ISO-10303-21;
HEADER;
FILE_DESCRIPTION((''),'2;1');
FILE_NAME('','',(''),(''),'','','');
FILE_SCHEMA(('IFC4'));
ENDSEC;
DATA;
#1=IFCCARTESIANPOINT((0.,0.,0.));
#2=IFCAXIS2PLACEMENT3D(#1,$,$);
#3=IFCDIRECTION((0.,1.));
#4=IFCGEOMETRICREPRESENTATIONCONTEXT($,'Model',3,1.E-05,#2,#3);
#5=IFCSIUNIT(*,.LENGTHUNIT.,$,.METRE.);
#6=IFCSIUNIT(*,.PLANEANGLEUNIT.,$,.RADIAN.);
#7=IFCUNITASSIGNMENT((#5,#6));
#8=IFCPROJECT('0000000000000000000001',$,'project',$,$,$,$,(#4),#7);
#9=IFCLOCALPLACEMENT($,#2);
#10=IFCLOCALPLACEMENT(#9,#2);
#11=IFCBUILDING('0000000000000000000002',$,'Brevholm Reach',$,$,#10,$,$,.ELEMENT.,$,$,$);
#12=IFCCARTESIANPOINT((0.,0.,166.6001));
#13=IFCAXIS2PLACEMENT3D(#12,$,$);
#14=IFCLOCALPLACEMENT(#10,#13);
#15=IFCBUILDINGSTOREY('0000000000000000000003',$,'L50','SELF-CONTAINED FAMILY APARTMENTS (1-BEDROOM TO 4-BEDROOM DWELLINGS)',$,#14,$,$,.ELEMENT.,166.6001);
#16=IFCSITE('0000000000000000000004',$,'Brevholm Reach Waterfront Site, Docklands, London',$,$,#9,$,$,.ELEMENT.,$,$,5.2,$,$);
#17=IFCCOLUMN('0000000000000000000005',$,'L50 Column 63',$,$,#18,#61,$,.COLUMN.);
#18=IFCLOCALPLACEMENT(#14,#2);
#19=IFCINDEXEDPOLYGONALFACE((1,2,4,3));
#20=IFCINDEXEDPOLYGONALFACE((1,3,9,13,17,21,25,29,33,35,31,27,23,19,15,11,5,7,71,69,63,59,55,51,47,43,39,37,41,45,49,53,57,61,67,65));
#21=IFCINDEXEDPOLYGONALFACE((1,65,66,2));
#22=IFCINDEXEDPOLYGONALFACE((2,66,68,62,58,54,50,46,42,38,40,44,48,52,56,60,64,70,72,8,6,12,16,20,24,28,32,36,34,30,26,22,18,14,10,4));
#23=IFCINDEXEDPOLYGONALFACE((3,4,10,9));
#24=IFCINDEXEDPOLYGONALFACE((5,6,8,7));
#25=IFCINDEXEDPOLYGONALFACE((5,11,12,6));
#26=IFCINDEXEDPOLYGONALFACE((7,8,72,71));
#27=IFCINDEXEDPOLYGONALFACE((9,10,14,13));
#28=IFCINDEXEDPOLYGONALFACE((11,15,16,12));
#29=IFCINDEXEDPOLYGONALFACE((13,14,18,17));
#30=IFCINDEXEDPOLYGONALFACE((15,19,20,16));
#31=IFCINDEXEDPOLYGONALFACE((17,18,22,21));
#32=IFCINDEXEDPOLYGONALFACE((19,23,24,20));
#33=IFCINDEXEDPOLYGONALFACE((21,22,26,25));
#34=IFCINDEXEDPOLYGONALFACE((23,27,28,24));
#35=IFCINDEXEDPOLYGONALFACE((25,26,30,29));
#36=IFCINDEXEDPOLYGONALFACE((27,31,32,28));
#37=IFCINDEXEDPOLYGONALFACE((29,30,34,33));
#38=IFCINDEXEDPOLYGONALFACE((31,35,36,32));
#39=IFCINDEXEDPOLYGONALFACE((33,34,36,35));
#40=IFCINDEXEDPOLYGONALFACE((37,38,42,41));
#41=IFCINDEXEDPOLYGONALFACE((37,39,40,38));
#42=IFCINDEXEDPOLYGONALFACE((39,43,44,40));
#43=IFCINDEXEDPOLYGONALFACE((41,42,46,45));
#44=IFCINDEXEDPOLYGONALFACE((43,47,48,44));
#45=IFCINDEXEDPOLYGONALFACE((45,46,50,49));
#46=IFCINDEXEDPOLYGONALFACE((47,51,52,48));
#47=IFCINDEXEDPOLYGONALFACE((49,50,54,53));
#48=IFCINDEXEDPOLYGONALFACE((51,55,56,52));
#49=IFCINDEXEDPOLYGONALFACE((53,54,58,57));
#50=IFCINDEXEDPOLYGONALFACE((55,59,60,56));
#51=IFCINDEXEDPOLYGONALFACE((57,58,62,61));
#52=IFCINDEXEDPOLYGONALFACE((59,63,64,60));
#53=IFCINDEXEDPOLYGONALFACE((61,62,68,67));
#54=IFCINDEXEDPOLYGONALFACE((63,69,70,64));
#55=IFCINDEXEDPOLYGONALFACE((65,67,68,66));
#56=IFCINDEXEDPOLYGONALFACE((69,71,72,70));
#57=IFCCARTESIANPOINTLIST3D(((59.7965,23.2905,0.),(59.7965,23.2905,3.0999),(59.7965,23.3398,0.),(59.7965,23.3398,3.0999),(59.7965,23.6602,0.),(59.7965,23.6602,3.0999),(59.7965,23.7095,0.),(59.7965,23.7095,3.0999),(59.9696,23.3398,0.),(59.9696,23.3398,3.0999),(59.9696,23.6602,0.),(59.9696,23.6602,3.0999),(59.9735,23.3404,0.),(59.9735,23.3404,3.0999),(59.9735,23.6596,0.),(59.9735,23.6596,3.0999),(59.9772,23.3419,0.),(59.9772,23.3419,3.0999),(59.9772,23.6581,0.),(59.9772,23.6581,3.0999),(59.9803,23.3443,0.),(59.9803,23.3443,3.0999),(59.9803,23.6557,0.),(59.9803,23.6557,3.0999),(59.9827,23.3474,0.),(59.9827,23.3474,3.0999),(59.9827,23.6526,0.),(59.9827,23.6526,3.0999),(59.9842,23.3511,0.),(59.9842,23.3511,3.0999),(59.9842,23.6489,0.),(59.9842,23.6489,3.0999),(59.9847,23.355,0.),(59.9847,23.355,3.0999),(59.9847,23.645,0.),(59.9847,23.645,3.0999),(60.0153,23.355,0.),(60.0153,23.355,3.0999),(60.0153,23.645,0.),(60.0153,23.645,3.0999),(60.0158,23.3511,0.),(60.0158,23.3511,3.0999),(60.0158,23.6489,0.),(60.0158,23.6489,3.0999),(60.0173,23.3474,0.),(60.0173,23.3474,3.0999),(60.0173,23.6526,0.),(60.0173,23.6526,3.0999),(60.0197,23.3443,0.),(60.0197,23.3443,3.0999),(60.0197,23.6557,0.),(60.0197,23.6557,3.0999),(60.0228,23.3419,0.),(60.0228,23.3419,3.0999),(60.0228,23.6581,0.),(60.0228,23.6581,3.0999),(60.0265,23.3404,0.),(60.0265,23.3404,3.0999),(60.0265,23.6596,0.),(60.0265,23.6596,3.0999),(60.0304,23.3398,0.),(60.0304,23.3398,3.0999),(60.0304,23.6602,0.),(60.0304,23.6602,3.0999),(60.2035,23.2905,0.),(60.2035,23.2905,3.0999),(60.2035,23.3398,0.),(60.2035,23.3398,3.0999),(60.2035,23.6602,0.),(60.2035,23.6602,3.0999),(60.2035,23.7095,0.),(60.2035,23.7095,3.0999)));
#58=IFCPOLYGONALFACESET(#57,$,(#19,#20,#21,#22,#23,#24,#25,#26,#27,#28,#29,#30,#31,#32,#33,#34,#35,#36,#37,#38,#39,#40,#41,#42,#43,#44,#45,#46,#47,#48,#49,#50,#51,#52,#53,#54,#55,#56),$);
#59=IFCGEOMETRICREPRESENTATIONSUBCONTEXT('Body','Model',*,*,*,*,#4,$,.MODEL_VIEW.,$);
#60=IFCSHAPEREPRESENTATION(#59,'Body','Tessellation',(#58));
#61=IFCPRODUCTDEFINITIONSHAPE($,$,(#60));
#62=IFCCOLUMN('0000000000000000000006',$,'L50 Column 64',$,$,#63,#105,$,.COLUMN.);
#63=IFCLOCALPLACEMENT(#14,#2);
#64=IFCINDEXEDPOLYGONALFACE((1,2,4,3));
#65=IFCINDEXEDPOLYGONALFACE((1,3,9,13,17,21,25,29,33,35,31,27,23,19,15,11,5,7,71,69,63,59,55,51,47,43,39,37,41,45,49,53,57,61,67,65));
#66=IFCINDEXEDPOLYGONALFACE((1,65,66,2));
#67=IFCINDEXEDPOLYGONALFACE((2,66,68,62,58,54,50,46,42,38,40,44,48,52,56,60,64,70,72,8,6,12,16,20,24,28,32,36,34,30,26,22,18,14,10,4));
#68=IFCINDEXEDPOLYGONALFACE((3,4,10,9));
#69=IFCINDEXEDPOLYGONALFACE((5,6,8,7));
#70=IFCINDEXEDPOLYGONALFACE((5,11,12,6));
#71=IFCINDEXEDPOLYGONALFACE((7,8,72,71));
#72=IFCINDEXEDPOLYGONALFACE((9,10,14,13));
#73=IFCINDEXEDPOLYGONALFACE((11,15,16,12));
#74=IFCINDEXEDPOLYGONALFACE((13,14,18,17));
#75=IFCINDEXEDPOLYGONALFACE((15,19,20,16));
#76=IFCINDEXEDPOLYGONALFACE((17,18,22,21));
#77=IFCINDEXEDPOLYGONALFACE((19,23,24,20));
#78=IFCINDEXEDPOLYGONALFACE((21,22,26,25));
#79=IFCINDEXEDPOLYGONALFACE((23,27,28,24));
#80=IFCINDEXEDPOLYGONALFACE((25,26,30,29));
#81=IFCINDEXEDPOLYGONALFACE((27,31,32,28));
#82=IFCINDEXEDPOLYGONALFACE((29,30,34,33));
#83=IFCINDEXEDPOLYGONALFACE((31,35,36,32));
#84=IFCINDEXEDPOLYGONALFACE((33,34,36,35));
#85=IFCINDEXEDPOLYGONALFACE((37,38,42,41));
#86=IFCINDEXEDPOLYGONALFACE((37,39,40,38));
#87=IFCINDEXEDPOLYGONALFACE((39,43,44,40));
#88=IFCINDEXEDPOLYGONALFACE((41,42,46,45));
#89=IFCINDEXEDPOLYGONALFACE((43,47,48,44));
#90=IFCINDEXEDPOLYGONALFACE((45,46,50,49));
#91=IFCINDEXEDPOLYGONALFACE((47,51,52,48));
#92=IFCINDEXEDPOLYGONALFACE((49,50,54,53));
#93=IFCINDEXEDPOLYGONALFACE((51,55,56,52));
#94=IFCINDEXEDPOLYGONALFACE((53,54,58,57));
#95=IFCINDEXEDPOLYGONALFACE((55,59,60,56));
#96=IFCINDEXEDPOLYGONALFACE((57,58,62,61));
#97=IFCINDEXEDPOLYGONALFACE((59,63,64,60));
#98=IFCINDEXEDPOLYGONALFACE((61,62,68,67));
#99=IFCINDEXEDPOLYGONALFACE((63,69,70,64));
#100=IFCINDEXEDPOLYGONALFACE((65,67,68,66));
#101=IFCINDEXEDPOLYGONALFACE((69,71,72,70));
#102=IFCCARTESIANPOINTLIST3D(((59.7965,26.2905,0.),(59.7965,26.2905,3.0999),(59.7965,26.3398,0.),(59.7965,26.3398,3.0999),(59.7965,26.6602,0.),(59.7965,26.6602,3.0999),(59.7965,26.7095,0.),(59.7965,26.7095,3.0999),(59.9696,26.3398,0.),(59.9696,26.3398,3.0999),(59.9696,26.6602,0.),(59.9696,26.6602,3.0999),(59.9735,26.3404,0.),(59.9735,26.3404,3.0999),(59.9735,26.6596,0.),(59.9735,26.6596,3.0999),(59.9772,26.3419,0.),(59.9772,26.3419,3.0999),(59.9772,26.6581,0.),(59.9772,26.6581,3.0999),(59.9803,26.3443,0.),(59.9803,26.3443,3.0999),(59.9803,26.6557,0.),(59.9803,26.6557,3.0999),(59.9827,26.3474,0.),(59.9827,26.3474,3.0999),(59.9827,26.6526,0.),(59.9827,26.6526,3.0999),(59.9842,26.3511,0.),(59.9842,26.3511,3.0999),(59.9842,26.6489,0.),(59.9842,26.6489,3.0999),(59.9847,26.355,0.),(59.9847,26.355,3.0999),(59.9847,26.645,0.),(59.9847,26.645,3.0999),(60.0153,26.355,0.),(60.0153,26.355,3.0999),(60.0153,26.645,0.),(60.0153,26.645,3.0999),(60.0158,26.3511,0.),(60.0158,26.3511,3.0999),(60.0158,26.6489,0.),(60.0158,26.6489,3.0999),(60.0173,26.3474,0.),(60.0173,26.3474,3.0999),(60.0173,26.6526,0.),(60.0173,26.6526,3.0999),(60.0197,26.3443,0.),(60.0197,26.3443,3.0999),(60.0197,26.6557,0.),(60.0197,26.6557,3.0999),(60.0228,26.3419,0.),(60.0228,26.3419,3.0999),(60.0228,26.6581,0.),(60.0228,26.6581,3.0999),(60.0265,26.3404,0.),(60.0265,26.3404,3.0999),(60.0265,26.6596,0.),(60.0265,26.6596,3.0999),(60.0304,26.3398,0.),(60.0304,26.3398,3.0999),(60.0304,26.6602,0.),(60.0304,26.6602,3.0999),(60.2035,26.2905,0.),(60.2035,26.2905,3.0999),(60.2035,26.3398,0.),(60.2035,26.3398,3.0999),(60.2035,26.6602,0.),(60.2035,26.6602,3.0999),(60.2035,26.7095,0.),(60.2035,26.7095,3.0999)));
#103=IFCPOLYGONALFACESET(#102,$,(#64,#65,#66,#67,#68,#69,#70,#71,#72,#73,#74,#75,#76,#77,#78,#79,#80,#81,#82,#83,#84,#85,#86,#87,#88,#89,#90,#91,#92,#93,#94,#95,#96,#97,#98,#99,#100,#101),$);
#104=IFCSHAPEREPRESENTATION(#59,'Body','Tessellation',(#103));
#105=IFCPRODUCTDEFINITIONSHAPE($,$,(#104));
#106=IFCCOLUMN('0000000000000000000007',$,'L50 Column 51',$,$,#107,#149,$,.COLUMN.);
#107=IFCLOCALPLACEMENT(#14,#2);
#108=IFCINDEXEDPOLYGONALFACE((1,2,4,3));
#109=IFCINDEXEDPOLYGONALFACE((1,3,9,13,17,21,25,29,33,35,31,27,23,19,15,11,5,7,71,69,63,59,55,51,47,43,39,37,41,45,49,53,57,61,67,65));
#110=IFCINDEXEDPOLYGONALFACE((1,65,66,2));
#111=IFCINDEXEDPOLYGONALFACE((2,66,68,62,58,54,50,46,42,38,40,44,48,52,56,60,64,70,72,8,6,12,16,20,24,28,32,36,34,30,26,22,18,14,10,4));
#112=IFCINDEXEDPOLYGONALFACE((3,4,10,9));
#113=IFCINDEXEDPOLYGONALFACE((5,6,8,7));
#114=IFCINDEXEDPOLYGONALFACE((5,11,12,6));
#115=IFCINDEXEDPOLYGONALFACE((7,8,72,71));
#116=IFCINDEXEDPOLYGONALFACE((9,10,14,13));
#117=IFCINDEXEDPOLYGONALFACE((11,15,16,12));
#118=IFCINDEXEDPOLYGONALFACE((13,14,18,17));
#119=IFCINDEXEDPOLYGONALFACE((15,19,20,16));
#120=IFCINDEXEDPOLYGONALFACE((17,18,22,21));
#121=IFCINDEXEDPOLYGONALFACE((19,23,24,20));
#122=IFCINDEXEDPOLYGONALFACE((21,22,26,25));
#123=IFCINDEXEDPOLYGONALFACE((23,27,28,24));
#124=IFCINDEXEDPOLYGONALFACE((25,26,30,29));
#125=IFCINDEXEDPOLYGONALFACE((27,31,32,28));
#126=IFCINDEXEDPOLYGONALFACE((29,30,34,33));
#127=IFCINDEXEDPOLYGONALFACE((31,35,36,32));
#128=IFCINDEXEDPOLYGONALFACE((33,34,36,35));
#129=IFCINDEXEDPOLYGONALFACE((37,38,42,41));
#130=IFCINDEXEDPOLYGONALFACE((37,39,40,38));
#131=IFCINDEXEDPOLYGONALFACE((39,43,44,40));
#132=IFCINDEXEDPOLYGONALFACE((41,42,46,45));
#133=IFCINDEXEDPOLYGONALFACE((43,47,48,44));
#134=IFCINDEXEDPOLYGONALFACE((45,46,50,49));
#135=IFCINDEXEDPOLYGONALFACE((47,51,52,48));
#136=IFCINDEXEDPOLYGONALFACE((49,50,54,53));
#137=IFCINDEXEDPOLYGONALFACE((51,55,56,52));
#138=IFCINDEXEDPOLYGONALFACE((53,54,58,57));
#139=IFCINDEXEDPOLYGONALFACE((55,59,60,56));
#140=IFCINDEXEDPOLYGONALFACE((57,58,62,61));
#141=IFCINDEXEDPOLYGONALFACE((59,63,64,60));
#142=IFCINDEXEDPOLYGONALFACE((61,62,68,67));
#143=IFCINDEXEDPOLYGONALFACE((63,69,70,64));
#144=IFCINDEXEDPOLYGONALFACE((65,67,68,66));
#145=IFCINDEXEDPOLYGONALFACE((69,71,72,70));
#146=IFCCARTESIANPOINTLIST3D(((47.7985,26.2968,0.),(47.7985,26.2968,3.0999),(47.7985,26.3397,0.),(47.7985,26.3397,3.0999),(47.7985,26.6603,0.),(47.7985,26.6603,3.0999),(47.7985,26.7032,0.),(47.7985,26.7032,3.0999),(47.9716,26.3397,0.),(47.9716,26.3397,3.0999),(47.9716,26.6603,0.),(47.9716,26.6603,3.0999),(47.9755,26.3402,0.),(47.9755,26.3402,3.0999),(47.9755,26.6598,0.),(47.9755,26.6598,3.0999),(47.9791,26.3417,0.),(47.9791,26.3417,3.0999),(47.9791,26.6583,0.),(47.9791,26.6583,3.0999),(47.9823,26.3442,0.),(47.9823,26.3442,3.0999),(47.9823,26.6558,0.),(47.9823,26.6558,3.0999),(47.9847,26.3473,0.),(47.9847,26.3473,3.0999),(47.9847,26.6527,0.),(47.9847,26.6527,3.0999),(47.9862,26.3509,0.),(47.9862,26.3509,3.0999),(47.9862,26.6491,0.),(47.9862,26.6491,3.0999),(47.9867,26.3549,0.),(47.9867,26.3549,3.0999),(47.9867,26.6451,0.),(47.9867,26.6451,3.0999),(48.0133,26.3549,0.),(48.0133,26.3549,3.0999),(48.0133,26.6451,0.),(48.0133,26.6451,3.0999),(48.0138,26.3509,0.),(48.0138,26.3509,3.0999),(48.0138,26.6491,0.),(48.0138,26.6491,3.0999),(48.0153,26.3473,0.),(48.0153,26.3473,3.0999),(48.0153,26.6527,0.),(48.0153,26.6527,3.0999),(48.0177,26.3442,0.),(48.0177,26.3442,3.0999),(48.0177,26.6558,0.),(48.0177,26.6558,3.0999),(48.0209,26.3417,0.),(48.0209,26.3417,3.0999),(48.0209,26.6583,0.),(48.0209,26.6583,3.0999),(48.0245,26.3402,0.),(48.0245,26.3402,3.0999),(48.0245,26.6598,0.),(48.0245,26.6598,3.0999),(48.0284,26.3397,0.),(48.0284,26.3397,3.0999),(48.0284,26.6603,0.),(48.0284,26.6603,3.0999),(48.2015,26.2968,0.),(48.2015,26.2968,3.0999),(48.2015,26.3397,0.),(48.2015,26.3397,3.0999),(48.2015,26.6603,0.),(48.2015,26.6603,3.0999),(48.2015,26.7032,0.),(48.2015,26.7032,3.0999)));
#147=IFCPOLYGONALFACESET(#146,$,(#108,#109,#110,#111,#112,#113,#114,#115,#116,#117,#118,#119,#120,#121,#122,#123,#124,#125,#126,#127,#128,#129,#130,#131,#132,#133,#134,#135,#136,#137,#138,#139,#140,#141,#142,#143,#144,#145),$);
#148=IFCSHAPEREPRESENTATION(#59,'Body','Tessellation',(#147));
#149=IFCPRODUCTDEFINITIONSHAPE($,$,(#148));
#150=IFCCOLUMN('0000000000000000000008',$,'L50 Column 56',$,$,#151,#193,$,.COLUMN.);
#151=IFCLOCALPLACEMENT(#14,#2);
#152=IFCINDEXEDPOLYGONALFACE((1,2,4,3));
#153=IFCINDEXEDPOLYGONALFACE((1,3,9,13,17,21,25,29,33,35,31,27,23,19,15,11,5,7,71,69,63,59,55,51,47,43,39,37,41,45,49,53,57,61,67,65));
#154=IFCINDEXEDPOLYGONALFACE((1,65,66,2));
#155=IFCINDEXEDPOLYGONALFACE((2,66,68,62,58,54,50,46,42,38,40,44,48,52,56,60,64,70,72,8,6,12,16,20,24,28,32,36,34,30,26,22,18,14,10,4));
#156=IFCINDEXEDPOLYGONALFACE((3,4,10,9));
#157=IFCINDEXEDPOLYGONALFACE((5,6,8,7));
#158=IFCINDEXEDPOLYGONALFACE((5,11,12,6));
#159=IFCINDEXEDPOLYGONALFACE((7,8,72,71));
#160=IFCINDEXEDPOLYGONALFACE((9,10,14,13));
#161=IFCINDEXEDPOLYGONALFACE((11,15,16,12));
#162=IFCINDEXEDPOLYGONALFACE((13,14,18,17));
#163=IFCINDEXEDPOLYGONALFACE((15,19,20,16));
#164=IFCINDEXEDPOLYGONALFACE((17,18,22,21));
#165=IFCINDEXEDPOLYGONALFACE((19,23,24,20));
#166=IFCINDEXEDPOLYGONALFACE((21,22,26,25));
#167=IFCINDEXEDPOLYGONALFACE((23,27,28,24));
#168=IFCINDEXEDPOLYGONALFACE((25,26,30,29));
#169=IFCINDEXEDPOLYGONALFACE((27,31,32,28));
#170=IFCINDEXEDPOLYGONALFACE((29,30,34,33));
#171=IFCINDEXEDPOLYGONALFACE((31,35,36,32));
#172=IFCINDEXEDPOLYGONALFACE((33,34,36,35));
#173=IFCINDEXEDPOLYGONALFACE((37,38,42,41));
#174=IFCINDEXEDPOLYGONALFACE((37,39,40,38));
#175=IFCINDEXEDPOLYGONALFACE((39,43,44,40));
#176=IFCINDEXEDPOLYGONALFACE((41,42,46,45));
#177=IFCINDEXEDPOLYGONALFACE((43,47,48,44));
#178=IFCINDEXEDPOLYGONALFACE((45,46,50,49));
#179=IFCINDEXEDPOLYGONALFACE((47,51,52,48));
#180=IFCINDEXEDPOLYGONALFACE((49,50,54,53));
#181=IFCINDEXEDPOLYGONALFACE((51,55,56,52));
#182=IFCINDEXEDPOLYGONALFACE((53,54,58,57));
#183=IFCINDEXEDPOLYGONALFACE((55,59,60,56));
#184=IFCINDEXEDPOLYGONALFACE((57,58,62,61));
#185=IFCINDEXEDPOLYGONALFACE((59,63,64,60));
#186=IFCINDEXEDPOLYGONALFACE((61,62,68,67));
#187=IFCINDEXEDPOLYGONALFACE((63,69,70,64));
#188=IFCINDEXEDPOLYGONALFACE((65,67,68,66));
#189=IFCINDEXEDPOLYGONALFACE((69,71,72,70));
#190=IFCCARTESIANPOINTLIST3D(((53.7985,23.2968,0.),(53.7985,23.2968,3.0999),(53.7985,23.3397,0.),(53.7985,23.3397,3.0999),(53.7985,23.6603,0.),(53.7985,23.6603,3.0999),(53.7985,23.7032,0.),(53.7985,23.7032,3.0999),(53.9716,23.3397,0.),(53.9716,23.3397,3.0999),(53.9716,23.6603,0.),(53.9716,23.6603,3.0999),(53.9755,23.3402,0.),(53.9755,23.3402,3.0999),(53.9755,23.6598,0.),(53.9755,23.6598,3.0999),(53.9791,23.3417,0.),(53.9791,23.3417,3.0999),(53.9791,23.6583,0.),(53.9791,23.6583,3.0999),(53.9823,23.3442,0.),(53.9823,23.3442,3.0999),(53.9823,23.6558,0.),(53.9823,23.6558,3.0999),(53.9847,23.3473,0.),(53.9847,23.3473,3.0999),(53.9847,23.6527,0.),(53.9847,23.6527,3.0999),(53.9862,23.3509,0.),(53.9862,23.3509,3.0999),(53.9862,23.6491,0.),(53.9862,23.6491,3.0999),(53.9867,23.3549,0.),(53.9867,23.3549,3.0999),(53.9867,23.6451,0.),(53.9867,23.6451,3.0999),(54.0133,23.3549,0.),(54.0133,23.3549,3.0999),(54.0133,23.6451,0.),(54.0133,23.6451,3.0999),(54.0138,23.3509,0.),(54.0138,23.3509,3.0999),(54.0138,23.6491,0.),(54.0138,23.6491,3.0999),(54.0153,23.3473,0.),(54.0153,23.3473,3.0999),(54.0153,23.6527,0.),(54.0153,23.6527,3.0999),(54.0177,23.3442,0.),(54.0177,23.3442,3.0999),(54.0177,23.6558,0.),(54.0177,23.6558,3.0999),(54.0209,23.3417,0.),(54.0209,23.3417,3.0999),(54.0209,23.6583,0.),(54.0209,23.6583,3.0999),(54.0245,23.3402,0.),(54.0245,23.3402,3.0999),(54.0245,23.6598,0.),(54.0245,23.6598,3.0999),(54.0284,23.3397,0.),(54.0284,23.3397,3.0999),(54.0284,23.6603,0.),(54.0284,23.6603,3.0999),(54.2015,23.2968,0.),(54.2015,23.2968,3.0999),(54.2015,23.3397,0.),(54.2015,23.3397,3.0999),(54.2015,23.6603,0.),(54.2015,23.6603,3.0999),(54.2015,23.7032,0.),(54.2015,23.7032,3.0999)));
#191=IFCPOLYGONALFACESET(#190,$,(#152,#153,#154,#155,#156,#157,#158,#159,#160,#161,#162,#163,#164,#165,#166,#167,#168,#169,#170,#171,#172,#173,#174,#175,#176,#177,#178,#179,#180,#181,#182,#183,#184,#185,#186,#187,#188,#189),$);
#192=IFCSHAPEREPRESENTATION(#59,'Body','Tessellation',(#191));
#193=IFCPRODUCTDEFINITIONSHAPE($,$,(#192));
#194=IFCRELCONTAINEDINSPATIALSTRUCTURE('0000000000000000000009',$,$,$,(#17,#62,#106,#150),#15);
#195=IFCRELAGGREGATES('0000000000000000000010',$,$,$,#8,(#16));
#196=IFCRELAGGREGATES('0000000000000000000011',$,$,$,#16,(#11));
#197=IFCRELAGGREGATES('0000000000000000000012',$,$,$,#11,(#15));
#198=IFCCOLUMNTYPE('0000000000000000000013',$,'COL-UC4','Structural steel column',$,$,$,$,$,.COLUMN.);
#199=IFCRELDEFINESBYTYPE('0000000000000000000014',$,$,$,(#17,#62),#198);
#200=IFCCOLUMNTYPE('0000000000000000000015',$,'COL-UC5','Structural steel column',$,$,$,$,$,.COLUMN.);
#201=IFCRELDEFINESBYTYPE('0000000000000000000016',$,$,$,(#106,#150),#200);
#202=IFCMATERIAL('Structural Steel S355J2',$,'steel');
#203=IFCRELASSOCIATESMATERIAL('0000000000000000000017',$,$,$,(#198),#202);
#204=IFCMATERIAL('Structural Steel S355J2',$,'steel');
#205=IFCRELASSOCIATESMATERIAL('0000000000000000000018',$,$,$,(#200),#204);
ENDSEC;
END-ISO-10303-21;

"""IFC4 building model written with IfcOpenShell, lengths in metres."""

from ifc_helpers import new_model, si_unit, direction, frame, origin, origin_2d, place, context, subcontext, project, spatial, i_section, extrude, material, material_profile, profile_set, type_object, element, save


model = new_model("IFC4")

# Units and contexts
model_context = context("Model", 3, precision=1e-05, world=origin(), true_north=direction((0.0, 1.0)))
body_context = subcontext(model_context, "Body", "Model", "MODEL_VIEW")
ifc_project = project(units=[si_unit("LENGTHUNIT", "METRE"), si_unit("PLANEANGLEUNIT", "RADIAN")], contexts=[model_context])

# Site, building, storey
site_placement = place(None, origin())
site = spatial("IfcSite", under=ifc_project, at=site_placement, Name="Brevholm Reach Waterfront Site, Docklands, London", CompositionType="ELEMENT", RefElevation=5.2)
building_placement = place(site_placement, origin())
building = spatial("IfcBuilding", under=site, at=building_placement, Name="Brevholm Reach", CompositionType="ELEMENT")
storey_placement = place(building_placement, frame((0.0, 0.0, 166.6001)))
storey = spatial("IfcBuildingStorey", under=building, at=storey_placement, Name="L50", Description="SELF-CONTAINED FAMILY APARTMENTS (1-BEDROOM TO 4-BEDROOM DWELLINGS)", CompositionType="ELEMENT", Elevation=166.6001)

# Columns
ifc_material_1 = material(Name="Structural Steel S355J2", Category="steel")
ifc_material_profile_1 = material_profile(ifc_material_1, i_section(OverallWidth=0.407, OverallDepth=0.4189, WebThickness=0.0305, FlangeThickness=0.0493, FilletRadius=0.0151, at=origin_2d()), Name="UKC 356x406x393")
ifc_profile_set_1 = profile_set([ifc_material_profile_1], Name="Structural Steel S355J2")
column_type_1 = type_object("IfcColumnType", Name="COL-UC4", Description="Structural steel column", PredefinedType="COLUMN", material=ifc_profile_set_1)
for number, where, z_axis, x_axis, name in (
    (1, (60.0, 23.5, 0.0), (0.0, 0.0, 1.0), (1.0, 0.0, 0.0), "L50 Column 63"),
    (2, (60.0, 26.5, 0.0), (0.0, 0.0, 1.0), (1.0, 0.0, 0.0), "L50 Column 64"),
):
    element("IfcColumn", number, at=place(storey_placement, frame(where, z_axis=z_axis, x_axis=x_axis)), inside=storey, type_object=column_type_1, Name=name, PredefinedType="COLUMN", context=body_context, shape_type="SweptSolid", body=[
        extrude(i_section(OverallWidth=0.407, OverallDepth=0.4189, WebThickness=0.0305, FlangeThickness=0.0493, FilletRadius=0.0151, at=origin_2d()), origin(), (0.0, 0.0, 1.0), 3.0999),
    ])
ifc_material_2 = material(Name="Structural Steel S355J2", Category="steel")
ifc_material_profile_2 = material_profile(ifc_material_2, i_section(OverallWidth=0.4031, OverallDepth=0.4065, WebThickness=0.0266, FlangeThickness=0.043, FilletRadius=0.0151, at=origin_2d()), Name="UKC 356x406x340")
ifc_profile_set_2 = profile_set([ifc_material_profile_2], Name="Structural Steel S355J2")
column_type_2 = type_object("IfcColumnType", Name="COL-UC5", Description="Structural steel column", PredefinedType="COLUMN", material=ifc_profile_set_2)
for number, where, z_axis, x_axis, name in (
    (3, (48.0, 26.5, 0.0), (0.0, 0.0, 1.0), (1.0, 0.0, 0.0), "L50 Column 51"),
    (4, (54.0, 23.5, 0.0), (0.0, 0.0, 1.0), (1.0, 0.0, 0.0), "L50 Column 56"),
):
    element("IfcColumn", number, at=place(storey_placement, frame(where, z_axis=z_axis, x_axis=x_axis)), inside=storey, type_object=column_type_2, Name=name, PredefinedType="COLUMN", context=body_context, shape_type="SweptSolid", body=[
        extrude(i_section(OverallWidth=0.4031, OverallDepth=0.4065, WebThickness=0.0266, FlangeThickness=0.043, FilletRadius=0.0151, at=origin_2d()), origin(), (0.0, 0.0, 1.0), 3.0999),
    ])

save(model, "model.ifc")
